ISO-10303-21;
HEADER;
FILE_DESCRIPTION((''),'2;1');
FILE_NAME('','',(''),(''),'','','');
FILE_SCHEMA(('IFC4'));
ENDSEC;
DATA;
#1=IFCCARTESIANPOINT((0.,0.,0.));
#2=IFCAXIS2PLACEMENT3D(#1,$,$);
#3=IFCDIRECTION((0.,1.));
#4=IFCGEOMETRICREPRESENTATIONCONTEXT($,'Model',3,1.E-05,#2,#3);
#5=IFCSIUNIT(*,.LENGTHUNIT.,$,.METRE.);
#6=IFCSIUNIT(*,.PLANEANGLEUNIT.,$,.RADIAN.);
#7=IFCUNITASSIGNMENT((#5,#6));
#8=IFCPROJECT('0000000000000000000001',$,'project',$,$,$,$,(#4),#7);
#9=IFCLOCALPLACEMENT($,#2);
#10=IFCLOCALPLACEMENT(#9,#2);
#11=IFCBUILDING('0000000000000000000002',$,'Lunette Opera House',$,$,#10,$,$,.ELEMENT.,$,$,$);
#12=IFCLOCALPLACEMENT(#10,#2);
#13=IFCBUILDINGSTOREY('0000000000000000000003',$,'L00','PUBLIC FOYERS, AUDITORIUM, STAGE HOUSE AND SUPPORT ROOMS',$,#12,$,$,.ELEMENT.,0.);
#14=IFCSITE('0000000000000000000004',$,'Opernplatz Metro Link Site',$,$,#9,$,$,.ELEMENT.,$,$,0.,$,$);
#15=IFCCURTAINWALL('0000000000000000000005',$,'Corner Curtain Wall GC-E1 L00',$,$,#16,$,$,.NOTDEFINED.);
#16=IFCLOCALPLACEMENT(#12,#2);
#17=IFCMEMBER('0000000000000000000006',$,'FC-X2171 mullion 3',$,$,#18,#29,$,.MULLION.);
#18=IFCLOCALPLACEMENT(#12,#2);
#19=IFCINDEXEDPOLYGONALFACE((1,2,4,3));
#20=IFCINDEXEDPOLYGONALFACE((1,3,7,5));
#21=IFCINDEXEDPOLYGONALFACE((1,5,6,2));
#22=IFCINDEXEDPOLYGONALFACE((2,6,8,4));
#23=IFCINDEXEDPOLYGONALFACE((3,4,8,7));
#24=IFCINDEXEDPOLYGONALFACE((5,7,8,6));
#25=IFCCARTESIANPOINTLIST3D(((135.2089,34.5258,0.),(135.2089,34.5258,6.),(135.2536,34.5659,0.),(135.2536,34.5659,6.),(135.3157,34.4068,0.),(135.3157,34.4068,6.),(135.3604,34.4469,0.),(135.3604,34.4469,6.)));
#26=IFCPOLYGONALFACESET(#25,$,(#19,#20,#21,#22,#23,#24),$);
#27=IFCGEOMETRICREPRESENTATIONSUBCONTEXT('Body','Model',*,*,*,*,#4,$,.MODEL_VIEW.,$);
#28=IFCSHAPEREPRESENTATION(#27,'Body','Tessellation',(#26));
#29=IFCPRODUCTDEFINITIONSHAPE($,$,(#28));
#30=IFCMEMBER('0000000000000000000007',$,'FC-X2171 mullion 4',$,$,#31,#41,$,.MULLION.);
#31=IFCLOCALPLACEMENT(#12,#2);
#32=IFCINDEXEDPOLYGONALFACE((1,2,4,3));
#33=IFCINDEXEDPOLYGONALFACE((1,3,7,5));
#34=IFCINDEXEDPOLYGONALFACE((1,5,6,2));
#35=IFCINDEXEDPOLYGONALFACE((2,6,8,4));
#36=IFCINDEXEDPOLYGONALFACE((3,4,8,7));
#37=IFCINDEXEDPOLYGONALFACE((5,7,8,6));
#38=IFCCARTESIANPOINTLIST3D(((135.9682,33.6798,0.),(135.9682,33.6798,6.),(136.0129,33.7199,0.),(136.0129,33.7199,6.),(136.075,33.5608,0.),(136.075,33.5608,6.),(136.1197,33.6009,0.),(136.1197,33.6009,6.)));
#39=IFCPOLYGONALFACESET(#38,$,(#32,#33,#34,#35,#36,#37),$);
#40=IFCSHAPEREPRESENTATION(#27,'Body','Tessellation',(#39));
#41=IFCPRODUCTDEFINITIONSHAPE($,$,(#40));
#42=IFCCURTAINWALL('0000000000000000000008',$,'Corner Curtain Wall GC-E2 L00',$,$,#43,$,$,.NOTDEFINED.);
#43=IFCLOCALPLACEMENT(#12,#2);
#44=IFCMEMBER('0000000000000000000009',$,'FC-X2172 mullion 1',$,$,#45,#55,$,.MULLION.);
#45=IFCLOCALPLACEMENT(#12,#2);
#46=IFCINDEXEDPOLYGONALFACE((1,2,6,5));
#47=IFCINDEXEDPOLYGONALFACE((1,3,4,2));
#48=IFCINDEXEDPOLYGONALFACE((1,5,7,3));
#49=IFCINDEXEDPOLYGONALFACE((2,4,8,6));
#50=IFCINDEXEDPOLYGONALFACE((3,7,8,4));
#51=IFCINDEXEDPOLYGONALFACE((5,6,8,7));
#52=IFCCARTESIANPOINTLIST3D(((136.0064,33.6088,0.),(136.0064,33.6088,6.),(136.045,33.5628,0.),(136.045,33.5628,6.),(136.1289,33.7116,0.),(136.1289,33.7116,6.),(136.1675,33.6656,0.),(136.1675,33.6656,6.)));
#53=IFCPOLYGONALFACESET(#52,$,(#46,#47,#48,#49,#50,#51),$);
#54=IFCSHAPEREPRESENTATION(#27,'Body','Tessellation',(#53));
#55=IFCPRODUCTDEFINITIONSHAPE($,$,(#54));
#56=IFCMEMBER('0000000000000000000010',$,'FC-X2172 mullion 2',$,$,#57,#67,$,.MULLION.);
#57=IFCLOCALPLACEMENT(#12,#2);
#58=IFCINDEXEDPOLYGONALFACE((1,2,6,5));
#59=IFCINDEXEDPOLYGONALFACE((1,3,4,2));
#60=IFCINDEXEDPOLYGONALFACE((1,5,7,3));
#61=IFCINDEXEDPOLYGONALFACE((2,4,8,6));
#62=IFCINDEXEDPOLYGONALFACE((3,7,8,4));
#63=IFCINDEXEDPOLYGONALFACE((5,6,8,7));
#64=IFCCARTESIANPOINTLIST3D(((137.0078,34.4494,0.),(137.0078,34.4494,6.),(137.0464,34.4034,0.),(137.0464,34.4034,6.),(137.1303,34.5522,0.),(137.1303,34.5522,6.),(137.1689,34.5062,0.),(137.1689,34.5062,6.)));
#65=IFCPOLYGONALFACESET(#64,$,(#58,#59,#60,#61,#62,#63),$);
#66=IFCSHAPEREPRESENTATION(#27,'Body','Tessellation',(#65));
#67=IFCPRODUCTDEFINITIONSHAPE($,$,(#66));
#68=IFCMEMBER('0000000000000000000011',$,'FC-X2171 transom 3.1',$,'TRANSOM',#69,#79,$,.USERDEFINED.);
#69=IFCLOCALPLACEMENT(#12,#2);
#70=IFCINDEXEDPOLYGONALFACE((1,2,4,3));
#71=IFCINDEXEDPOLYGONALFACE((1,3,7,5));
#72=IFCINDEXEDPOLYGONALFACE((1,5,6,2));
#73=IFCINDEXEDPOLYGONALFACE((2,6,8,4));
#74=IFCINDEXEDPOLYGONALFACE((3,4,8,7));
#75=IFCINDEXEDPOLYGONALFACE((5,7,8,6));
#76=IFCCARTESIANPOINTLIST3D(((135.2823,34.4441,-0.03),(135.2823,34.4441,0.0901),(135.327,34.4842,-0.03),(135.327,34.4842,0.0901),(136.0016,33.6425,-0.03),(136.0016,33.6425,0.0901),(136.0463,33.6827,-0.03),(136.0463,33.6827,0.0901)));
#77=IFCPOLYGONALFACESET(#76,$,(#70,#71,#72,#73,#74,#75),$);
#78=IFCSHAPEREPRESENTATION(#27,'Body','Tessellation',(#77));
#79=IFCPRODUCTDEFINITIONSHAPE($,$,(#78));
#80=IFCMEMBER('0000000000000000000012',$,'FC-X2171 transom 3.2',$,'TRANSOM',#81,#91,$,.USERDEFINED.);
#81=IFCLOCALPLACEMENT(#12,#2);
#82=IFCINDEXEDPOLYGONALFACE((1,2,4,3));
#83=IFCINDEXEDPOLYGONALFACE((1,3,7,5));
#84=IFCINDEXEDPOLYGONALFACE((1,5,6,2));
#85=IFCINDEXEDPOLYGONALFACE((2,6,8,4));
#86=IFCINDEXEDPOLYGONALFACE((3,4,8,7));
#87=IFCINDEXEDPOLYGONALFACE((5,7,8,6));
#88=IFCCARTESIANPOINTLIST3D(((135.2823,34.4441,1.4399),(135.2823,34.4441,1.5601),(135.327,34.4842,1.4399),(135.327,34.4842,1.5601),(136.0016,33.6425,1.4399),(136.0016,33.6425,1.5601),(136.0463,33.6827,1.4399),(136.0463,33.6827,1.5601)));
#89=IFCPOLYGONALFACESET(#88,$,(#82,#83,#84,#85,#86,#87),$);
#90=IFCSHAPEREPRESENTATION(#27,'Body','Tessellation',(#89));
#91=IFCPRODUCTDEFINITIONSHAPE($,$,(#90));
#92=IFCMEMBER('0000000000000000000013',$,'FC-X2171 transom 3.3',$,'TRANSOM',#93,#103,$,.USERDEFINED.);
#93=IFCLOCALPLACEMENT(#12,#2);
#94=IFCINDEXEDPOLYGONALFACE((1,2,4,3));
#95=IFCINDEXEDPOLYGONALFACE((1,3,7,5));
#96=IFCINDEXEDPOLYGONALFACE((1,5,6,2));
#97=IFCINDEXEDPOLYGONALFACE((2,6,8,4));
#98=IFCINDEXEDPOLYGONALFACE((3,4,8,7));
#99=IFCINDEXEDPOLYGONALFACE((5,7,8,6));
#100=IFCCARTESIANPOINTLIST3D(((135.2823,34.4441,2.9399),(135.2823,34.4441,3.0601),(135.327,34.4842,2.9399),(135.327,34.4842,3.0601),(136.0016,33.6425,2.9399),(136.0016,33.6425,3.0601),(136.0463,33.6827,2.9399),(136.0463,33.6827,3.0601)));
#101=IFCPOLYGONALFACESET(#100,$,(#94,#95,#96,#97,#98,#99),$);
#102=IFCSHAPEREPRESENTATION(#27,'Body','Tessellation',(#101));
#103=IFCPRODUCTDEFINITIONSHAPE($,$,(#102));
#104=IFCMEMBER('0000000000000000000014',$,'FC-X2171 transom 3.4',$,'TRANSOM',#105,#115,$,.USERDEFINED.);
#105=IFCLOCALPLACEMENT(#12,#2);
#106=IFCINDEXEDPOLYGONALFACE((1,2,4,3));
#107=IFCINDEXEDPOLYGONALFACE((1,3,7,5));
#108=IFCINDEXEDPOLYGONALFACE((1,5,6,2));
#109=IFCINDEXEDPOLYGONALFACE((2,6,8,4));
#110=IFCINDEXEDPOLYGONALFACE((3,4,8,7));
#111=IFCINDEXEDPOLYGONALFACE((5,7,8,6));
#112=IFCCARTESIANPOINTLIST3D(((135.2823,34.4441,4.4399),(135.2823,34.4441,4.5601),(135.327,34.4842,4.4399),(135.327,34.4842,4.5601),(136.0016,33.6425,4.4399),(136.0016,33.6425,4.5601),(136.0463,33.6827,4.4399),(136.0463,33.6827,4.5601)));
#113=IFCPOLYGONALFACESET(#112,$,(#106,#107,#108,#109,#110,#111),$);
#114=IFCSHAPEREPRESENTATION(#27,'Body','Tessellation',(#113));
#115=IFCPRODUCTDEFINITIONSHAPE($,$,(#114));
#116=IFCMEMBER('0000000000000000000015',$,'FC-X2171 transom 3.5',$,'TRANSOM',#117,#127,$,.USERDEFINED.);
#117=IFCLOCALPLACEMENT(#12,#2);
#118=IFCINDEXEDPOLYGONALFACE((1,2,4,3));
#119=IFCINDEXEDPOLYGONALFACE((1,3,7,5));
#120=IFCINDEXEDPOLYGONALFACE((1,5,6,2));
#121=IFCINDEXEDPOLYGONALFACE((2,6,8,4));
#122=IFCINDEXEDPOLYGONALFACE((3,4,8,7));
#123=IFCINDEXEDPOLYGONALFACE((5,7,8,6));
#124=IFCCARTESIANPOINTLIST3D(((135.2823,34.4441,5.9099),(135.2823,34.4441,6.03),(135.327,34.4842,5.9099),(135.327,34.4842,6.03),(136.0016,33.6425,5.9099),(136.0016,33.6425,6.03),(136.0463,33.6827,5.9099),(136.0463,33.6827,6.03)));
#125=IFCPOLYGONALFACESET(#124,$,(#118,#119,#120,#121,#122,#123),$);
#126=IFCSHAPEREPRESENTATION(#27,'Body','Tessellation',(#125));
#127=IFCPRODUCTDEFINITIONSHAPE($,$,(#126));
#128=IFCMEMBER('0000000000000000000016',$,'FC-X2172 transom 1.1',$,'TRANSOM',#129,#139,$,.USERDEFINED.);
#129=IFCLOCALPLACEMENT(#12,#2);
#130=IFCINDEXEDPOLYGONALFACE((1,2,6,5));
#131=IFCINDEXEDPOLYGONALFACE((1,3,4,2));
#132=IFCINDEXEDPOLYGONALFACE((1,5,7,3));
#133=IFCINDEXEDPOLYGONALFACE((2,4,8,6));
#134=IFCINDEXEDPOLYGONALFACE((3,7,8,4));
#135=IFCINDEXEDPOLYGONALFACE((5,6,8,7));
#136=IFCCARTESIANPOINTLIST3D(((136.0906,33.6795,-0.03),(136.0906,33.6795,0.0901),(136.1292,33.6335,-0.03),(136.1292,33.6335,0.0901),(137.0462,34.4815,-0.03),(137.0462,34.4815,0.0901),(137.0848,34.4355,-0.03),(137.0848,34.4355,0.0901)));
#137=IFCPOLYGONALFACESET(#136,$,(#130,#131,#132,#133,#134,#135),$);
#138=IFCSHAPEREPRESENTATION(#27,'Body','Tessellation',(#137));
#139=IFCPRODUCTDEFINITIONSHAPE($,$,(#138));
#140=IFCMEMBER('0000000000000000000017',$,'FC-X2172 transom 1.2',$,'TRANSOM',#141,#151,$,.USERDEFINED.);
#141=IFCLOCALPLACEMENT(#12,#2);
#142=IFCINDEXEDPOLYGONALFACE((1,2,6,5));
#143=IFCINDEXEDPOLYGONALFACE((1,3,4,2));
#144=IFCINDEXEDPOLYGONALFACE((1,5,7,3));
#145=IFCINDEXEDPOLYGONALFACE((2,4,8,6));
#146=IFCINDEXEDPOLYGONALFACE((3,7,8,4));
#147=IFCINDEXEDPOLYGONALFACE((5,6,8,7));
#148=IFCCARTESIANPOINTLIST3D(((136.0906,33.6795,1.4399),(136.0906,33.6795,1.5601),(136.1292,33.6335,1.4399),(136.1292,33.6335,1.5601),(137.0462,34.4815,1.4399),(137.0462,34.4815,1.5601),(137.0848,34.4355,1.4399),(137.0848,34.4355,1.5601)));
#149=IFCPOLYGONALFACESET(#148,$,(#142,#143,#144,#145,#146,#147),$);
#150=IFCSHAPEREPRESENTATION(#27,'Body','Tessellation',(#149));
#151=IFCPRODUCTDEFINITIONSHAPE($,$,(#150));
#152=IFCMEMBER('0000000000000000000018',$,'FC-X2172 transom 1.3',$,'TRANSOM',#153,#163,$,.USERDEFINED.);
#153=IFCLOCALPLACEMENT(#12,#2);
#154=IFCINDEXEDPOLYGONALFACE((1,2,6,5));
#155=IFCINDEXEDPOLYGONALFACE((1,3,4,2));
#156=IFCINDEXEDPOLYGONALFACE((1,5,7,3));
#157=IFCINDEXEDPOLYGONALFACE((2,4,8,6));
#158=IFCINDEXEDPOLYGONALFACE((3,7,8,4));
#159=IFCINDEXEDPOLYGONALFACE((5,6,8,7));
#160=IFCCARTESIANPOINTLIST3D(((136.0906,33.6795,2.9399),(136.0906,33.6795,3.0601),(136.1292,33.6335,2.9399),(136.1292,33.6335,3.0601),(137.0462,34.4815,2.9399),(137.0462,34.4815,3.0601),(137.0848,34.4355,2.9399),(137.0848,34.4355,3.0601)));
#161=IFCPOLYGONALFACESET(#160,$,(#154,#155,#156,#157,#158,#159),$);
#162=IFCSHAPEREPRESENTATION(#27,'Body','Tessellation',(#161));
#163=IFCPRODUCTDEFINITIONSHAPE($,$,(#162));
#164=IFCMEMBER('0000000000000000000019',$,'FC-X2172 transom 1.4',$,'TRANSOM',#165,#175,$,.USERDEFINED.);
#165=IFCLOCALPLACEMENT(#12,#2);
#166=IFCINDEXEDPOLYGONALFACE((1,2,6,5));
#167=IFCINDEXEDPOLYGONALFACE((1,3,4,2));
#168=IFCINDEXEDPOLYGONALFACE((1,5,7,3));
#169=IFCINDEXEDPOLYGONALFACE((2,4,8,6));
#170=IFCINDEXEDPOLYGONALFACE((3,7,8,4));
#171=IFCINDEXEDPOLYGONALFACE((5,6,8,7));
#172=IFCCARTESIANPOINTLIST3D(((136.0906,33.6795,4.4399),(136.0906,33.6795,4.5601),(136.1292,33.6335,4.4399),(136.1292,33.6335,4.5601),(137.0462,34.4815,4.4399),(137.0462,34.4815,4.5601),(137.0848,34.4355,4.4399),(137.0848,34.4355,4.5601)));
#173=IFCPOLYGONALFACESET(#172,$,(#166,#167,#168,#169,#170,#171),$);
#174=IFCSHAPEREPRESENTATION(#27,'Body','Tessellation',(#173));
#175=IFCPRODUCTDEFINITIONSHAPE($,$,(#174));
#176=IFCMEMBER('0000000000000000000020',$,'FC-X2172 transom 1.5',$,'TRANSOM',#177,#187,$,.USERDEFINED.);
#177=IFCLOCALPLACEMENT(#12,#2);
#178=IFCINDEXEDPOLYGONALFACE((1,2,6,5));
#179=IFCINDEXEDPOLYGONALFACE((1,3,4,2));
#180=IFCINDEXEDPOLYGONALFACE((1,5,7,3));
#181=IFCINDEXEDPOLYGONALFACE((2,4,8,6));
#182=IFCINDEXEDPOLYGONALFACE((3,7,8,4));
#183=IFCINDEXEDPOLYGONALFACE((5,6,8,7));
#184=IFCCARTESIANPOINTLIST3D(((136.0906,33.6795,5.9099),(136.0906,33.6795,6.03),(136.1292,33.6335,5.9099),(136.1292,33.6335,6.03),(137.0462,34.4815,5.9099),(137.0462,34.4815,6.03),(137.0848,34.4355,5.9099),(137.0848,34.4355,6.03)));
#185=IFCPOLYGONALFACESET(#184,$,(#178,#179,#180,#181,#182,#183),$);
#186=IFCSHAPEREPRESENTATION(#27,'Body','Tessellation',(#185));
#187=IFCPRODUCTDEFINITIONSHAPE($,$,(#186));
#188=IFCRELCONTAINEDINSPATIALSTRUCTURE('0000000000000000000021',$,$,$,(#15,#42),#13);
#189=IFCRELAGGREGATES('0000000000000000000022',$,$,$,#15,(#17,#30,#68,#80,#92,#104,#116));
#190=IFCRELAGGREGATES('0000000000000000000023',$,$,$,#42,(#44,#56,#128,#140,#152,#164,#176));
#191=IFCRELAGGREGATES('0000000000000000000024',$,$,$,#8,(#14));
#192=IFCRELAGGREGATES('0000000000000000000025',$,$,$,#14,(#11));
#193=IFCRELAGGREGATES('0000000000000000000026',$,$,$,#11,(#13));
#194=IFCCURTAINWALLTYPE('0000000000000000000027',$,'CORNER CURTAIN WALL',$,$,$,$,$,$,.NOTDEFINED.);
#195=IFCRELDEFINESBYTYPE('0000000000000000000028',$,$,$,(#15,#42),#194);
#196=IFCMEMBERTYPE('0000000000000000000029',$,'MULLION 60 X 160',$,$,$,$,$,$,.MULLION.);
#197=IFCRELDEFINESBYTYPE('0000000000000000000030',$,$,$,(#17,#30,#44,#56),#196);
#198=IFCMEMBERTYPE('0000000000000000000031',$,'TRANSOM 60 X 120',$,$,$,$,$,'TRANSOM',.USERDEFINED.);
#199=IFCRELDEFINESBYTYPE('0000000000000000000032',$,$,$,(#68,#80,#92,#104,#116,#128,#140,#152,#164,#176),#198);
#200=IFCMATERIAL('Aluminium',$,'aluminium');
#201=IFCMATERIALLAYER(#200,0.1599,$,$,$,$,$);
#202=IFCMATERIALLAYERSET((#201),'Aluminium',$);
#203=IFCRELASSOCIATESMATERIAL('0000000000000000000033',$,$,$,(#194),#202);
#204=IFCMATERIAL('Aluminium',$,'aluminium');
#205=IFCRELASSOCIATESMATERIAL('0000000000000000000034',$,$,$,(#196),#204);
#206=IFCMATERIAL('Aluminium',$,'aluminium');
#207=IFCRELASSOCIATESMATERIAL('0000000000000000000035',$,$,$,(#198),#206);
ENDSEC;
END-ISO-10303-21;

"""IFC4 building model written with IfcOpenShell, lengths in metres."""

from ifc_helpers import new_model, si_unit, direction, frame, origin, origin_2d, place, context, subcontext, project, spatial, rectangle, extrude, material, layer, layer_set, material_profile, profile_set, type_object, element, aggregate, save


model = new_model("IFC4")

# Units and contexts
model_context = context("Model", 3, precision=1e-05, world=origin(), true_north=direction((0.0, 1.0)))
body_context = subcontext(model_context, "Body", "Model", "MODEL_VIEW")
ifc_project = project(units=[si_unit("LENGTHUNIT", "METRE"), si_unit("PLANEANGLEUNIT", "RADIAN")], contexts=[model_context])

# Site, building, storey
site_placement = place(None, origin())
site = spatial("IfcSite", under=ifc_project, at=site_placement, Name="Opernplatz Metro Link Site", CompositionType="ELEMENT", RefElevation=0.0)
building_placement = place(site_placement, origin())
building = spatial("IfcBuilding", under=site, at=building_placement, Name="Lunette Opera House", CompositionType="ELEMENT")
storey_placement = place(building_placement, origin())
storey = spatial("IfcBuildingStorey", under=building, at=storey_placement, Name="L00", Description="PUBLIC FOYERS, AUDITORIUM, STAGE HOUSE AND SUPPORT ROOMS", CompositionType="ELEMENT", Elevation=0.0)

# Curtain walls, members
ifc_material_1 = material(Name="Aluminium", Category="aluminium")
ifc_layer_1 = layer(ifc_material_1, 0.1599)
ifc_layer_set_1 = layer_set([ifc_layer_1], Name="Aluminium")
curtain_wall_type = type_object("IfcCurtainWallType", Name="CORNER CURTAIN WALL", PredefinedType="NOTDEFINED", material=ifc_layer_set_1)
curtain_wall_1_placement = place(storey_placement, origin())
curtain_wall_1 = element("IfcCurtainWall", 1, at=curtain_wall_1_placement, inside=storey, type_object=curtain_wall_type, Name="Corner Curtain Wall GC-E1 L00", PredefinedType="NOTDEFINED")
ifc_material_2 = material(Name="Aluminium", Category="aluminium")
ifc_material_profile_1 = material_profile(ifc_material_2, rectangle(XDim=0.0601, YDim=0.1599, at=origin_2d()), Name="MULLION 60 X 160")
ifc_profile_set_1 = profile_set([ifc_material_profile_1], Name="Aluminium")
member_type_1 = type_object("IfcMemberType", Name="MULLION 60 X 160", PredefinedType="MULLION", material=ifc_profile_set_1)
member_1_placement = place(storey_placement, frame((135.2847, 34.4863, 0.0), z_axis=(0.0, 0.0, 1.0), x_axis=(0.744217, 0.667938, 0.0)))
member_1 = element("IfcMember", 2, at=member_1_placement, type_object=member_type_1, Name="FC-X2171 mullion 3", PredefinedType="MULLION", context=body_context, shape_type="SweptSolid", body=[
    extrude(rectangle(XDim=0.0601, YDim=0.1599, at=origin_2d()), origin(), (0.0, 0.0, 1.0), 6.0),
])
member_2_placement = place(storey_placement, frame((136.0439, 33.6404, 0.0), z_axis=(0.0, 0.0, 1.0), x_axis=(0.744217, 0.667938, 0.0)))
member_2 = element("IfcMember", 3, at=member_2_placement, type_object=member_type_1, Name="FC-X2171 mullion 4", PredefinedType="MULLION", context=body_context, shape_type="SweptSolid", body=[
    extrude(rectangle(XDim=0.0601, YDim=0.1599, at=origin_2d()), origin(), (0.0, 0.0, 1.0), 6.0),
])
curtain_wall_2_placement = place(storey_placement, origin())
curtain_wall_2 = element("IfcCurtainWall", 4, at=curtain_wall_2_placement, inside=storey, type_object=curtain_wall_type, Name="Corner Curtain Wall GC-E2 L00", PredefinedType="NOTDEFINED")
member_3_placement = place(storey_placement, frame((136.0869, 33.6372, 0.0), z_axis=(0.0, 0.0, 1.0), x_axis=(-0.642828, 0.76601, 0.0)))
member_3 = element("IfcMember", 5, at=member_3_placement, type_object=member_type_1, Name="FC-X2172 mullion 1", PredefinedType="MULLION", context=body_context, shape_type="SweptSolid", body=[
    extrude(rectangle(XDim=0.0601, YDim=0.1599, at=origin_2d()), origin(), (0.0, 0.0, 1.0), 6.0),
])
member_4_placement = place(storey_placement, frame((137.0884, 34.4778, 0.0), z_axis=(0.0, 0.0, 1.0), x_axis=(-0.642828, 0.76601, 0.0)))
member_4 = element("IfcMember", 6, at=member_4_placement, type_object=member_type_1, Name="FC-X2172 mullion 2", PredefinedType="MULLION", context=body_context, shape_type="SweptSolid", body=[
    extrude(rectangle(XDim=0.0601, YDim=0.1599, at=origin_2d()), origin(), (0.0, 0.0, 1.0), 6.0),
])

# Members
ifc_material_3 = material(Name="Aluminium", Category="aluminium")
ifc_material_profile_2 = material_profile(ifc_material_3, rectangle(XDim=0.0601, YDim=0.1201, at=origin_2d()), Name="TRANSOM 60 X 120")
ifc_profile_set_2 = profile_set([ifc_material_profile_2], Name="Aluminium")
member_type_2 = type_object("IfcMemberType", Name="TRANSOM 60 X 120", ElementType="TRANSOM", PredefinedType="USERDEFINED", material=ifc_profile_set_2)
member_5_placement = place(storey_placement, frame((135.3047, 34.4641, 0.03), z_axis=(0.667874, -0.744274, 0.0), x_axis=(0.744274, 0.667874, 0.0)))
member_5 = element("IfcMember", 7, at=member_5_placement, type_object=member_type_2, Name="FC-X2171 transom 3.1", ObjectType="TRANSOM", PredefinedType="USERDEFINED", context=body_context, shape_type="SweptSolid", body=[
    extrude(rectangle(XDim=0.0601, YDim=0.1201, at=origin_2d()), origin(), (0.0, 0.0, 1.0), 1.0769),
])
member_6_placement = place(storey_placement, frame((135.3047, 34.4641, 1.5), z_axis=(0.667874, -0.744274, 0.0), x_axis=(0.744274, 0.667874, 0.0)))
member_6 = element("IfcMember", 8, at=member_6_placement, type_object=member_type_2, Name="FC-X2171 transom 3.2", ObjectType="TRANSOM", PredefinedType="USERDEFINED", context=body_context, shape_type="SweptSolid", body=[
    extrude(rectangle(XDim=0.0601, YDim=0.1201, at=origin_2d()), origin(), (0.0, 0.0, 1.0), 1.0769),
])
member_7_placement = place(storey_placement, frame((135.3047, 34.4641, 3.0), z_axis=(0.667874, -0.744274, 0.0), x_axis=(0.744274, 0.667874, 0.0)))
member_7 = element("IfcMember", 9, at=member_7_placement, type_object=member_type_2, Name="FC-X2171 transom 3.3", ObjectType="TRANSOM", PredefinedType="USERDEFINED", context=body_context, shape_type="SweptSolid", body=[
    extrude(rectangle(XDim=0.0601, YDim=0.1201, at=origin_2d()), origin(), (0.0, 0.0, 1.0), 1.0769),
])
member_8_placement = place(storey_placement, frame((135.3047, 34.4641, 4.5), z_axis=(0.667874, -0.744274, 0.0), x_axis=(0.744274, 0.667874, 0.0)))
member_8 = element("IfcMember", 10, at=member_8_placement, type_object=member_type_2, Name="FC-X2171 transom 3.4", ObjectType="TRANSOM", PredefinedType="USERDEFINED", context=body_context, shape_type="SweptSolid", body=[
    extrude(rectangle(XDim=0.0601, YDim=0.1201, at=origin_2d()), origin(), (0.0, 0.0, 1.0), 1.0769),
])
member_9_placement = place(storey_placement, frame((135.3047, 34.4641, 5.97), z_axis=(0.667874, -0.744274, 0.0), x_axis=(0.744274, 0.667874, 0.0)))
member_9 = element("IfcMember", 11, at=member_9_placement, type_object=member_type_2, Name="FC-X2171 transom 3.5", ObjectType="TRANSOM", PredefinedType="USERDEFINED", context=body_context, shape_type="SweptSolid", body=[
    extrude(rectangle(XDim=0.0601, YDim=0.1201, at=origin_2d()), origin(), (0.0, 0.0, 1.0), 1.0769),
])
member_10_placement = place(storey_placement, frame((136.1099, 33.6565, 0.03), z_axis=(0.765971, 0.642875, 0.0), x_axis=(-0.642875, 0.765971, 0.0)))
member_10 = element("IfcMember", 12, at=member_10_placement, type_object=member_type_2, Name="FC-X2172 transom 1.1", ObjectType="TRANSOM", PredefinedType="USERDEFINED", context=body_context, shape_type="SweptSolid", body=[
    extrude(rectangle(XDim=0.0601, YDim=0.1201, at=origin_2d()), origin(), (0.0, 0.0, 1.0), 1.2476),
])
member_11_placement = place(storey_placement, frame((136.1099, 33.6565, 1.5), z_axis=(0.765971, 0.642875, 0.0), x_axis=(-0.642875, 0.765971, 0.0)))
member_11 = element("IfcMember", 13, at=member_11_placement, type_object=member_type_2, Name="FC-X2172 transom 1.2", ObjectType="TRANSOM", PredefinedType="USERDEFINED", context=body_context, shape_type="SweptSolid", body=[
    extrude(rectangle(XDim=0.0601, YDim=0.1201, at=origin_2d()), origin(), (0.0, 0.0, 1.0), 1.2476),
])
member_12_placement = place(storey_placement, frame((136.1099, 33.6565, 3.0), z_axis=(0.765971, 0.642875, 0.0), x_axis=(-0.642875, 0.765971, 0.0)))
member_12 = element("IfcMember", 14, at=member_12_placement, type_object=member_type_2, Name="FC-X2172 transom 1.3", ObjectType="TRANSOM", PredefinedType="USERDEFINED", context=body_context, shape_type="SweptSolid", body=[
    extrude(rectangle(XDim=0.0601, YDim=0.1201, at=origin_2d()), origin(), (0.0, 0.0, 1.0), 1.2476),
])
member_13_placement = place(storey_placement, frame((136.1099, 33.6565, 4.5), z_axis=(0.765971, 0.642875, 0.0), x_axis=(-0.642875, 0.765971, 0.0)))
member_13 = element("IfcMember", 15, at=member_13_placement, type_object=member_type_2, Name="FC-X2172 transom 1.4", ObjectType="TRANSOM", PredefinedType="USERDEFINED", context=body_context, shape_type="SweptSolid", body=[
    extrude(rectangle(XDim=0.0601, YDim=0.1201, at=origin_2d()), origin(), (0.0, 0.0, 1.0), 1.2476),
])
member_14_placement = place(storey_placement, frame((136.1099, 33.6565, 5.97), z_axis=(0.765971, 0.642875, 0.0), x_axis=(-0.642875, 0.765971, 0.0)))
member_14 = element("IfcMember", 16, at=member_14_placement, type_object=member_type_2, Name="FC-X2172 transom 1.5", ObjectType="TRANSOM", PredefinedType="USERDEFINED", context=body_context, shape_type="SweptSolid", body=[
    extrude(rectangle(XDim=0.0601, YDim=0.1201, at=origin_2d()), origin(), (0.0, 0.0, 1.0), 1.2476),
])

aggregate(curtain_wall_1, [member_1, member_2, member_5, member_6, member_7, member_8, member_9])
aggregate(curtain_wall_2, [member_3, member_4, member_10, member_11, member_12, member_13, member_14])

save(model, "model.ifc")
